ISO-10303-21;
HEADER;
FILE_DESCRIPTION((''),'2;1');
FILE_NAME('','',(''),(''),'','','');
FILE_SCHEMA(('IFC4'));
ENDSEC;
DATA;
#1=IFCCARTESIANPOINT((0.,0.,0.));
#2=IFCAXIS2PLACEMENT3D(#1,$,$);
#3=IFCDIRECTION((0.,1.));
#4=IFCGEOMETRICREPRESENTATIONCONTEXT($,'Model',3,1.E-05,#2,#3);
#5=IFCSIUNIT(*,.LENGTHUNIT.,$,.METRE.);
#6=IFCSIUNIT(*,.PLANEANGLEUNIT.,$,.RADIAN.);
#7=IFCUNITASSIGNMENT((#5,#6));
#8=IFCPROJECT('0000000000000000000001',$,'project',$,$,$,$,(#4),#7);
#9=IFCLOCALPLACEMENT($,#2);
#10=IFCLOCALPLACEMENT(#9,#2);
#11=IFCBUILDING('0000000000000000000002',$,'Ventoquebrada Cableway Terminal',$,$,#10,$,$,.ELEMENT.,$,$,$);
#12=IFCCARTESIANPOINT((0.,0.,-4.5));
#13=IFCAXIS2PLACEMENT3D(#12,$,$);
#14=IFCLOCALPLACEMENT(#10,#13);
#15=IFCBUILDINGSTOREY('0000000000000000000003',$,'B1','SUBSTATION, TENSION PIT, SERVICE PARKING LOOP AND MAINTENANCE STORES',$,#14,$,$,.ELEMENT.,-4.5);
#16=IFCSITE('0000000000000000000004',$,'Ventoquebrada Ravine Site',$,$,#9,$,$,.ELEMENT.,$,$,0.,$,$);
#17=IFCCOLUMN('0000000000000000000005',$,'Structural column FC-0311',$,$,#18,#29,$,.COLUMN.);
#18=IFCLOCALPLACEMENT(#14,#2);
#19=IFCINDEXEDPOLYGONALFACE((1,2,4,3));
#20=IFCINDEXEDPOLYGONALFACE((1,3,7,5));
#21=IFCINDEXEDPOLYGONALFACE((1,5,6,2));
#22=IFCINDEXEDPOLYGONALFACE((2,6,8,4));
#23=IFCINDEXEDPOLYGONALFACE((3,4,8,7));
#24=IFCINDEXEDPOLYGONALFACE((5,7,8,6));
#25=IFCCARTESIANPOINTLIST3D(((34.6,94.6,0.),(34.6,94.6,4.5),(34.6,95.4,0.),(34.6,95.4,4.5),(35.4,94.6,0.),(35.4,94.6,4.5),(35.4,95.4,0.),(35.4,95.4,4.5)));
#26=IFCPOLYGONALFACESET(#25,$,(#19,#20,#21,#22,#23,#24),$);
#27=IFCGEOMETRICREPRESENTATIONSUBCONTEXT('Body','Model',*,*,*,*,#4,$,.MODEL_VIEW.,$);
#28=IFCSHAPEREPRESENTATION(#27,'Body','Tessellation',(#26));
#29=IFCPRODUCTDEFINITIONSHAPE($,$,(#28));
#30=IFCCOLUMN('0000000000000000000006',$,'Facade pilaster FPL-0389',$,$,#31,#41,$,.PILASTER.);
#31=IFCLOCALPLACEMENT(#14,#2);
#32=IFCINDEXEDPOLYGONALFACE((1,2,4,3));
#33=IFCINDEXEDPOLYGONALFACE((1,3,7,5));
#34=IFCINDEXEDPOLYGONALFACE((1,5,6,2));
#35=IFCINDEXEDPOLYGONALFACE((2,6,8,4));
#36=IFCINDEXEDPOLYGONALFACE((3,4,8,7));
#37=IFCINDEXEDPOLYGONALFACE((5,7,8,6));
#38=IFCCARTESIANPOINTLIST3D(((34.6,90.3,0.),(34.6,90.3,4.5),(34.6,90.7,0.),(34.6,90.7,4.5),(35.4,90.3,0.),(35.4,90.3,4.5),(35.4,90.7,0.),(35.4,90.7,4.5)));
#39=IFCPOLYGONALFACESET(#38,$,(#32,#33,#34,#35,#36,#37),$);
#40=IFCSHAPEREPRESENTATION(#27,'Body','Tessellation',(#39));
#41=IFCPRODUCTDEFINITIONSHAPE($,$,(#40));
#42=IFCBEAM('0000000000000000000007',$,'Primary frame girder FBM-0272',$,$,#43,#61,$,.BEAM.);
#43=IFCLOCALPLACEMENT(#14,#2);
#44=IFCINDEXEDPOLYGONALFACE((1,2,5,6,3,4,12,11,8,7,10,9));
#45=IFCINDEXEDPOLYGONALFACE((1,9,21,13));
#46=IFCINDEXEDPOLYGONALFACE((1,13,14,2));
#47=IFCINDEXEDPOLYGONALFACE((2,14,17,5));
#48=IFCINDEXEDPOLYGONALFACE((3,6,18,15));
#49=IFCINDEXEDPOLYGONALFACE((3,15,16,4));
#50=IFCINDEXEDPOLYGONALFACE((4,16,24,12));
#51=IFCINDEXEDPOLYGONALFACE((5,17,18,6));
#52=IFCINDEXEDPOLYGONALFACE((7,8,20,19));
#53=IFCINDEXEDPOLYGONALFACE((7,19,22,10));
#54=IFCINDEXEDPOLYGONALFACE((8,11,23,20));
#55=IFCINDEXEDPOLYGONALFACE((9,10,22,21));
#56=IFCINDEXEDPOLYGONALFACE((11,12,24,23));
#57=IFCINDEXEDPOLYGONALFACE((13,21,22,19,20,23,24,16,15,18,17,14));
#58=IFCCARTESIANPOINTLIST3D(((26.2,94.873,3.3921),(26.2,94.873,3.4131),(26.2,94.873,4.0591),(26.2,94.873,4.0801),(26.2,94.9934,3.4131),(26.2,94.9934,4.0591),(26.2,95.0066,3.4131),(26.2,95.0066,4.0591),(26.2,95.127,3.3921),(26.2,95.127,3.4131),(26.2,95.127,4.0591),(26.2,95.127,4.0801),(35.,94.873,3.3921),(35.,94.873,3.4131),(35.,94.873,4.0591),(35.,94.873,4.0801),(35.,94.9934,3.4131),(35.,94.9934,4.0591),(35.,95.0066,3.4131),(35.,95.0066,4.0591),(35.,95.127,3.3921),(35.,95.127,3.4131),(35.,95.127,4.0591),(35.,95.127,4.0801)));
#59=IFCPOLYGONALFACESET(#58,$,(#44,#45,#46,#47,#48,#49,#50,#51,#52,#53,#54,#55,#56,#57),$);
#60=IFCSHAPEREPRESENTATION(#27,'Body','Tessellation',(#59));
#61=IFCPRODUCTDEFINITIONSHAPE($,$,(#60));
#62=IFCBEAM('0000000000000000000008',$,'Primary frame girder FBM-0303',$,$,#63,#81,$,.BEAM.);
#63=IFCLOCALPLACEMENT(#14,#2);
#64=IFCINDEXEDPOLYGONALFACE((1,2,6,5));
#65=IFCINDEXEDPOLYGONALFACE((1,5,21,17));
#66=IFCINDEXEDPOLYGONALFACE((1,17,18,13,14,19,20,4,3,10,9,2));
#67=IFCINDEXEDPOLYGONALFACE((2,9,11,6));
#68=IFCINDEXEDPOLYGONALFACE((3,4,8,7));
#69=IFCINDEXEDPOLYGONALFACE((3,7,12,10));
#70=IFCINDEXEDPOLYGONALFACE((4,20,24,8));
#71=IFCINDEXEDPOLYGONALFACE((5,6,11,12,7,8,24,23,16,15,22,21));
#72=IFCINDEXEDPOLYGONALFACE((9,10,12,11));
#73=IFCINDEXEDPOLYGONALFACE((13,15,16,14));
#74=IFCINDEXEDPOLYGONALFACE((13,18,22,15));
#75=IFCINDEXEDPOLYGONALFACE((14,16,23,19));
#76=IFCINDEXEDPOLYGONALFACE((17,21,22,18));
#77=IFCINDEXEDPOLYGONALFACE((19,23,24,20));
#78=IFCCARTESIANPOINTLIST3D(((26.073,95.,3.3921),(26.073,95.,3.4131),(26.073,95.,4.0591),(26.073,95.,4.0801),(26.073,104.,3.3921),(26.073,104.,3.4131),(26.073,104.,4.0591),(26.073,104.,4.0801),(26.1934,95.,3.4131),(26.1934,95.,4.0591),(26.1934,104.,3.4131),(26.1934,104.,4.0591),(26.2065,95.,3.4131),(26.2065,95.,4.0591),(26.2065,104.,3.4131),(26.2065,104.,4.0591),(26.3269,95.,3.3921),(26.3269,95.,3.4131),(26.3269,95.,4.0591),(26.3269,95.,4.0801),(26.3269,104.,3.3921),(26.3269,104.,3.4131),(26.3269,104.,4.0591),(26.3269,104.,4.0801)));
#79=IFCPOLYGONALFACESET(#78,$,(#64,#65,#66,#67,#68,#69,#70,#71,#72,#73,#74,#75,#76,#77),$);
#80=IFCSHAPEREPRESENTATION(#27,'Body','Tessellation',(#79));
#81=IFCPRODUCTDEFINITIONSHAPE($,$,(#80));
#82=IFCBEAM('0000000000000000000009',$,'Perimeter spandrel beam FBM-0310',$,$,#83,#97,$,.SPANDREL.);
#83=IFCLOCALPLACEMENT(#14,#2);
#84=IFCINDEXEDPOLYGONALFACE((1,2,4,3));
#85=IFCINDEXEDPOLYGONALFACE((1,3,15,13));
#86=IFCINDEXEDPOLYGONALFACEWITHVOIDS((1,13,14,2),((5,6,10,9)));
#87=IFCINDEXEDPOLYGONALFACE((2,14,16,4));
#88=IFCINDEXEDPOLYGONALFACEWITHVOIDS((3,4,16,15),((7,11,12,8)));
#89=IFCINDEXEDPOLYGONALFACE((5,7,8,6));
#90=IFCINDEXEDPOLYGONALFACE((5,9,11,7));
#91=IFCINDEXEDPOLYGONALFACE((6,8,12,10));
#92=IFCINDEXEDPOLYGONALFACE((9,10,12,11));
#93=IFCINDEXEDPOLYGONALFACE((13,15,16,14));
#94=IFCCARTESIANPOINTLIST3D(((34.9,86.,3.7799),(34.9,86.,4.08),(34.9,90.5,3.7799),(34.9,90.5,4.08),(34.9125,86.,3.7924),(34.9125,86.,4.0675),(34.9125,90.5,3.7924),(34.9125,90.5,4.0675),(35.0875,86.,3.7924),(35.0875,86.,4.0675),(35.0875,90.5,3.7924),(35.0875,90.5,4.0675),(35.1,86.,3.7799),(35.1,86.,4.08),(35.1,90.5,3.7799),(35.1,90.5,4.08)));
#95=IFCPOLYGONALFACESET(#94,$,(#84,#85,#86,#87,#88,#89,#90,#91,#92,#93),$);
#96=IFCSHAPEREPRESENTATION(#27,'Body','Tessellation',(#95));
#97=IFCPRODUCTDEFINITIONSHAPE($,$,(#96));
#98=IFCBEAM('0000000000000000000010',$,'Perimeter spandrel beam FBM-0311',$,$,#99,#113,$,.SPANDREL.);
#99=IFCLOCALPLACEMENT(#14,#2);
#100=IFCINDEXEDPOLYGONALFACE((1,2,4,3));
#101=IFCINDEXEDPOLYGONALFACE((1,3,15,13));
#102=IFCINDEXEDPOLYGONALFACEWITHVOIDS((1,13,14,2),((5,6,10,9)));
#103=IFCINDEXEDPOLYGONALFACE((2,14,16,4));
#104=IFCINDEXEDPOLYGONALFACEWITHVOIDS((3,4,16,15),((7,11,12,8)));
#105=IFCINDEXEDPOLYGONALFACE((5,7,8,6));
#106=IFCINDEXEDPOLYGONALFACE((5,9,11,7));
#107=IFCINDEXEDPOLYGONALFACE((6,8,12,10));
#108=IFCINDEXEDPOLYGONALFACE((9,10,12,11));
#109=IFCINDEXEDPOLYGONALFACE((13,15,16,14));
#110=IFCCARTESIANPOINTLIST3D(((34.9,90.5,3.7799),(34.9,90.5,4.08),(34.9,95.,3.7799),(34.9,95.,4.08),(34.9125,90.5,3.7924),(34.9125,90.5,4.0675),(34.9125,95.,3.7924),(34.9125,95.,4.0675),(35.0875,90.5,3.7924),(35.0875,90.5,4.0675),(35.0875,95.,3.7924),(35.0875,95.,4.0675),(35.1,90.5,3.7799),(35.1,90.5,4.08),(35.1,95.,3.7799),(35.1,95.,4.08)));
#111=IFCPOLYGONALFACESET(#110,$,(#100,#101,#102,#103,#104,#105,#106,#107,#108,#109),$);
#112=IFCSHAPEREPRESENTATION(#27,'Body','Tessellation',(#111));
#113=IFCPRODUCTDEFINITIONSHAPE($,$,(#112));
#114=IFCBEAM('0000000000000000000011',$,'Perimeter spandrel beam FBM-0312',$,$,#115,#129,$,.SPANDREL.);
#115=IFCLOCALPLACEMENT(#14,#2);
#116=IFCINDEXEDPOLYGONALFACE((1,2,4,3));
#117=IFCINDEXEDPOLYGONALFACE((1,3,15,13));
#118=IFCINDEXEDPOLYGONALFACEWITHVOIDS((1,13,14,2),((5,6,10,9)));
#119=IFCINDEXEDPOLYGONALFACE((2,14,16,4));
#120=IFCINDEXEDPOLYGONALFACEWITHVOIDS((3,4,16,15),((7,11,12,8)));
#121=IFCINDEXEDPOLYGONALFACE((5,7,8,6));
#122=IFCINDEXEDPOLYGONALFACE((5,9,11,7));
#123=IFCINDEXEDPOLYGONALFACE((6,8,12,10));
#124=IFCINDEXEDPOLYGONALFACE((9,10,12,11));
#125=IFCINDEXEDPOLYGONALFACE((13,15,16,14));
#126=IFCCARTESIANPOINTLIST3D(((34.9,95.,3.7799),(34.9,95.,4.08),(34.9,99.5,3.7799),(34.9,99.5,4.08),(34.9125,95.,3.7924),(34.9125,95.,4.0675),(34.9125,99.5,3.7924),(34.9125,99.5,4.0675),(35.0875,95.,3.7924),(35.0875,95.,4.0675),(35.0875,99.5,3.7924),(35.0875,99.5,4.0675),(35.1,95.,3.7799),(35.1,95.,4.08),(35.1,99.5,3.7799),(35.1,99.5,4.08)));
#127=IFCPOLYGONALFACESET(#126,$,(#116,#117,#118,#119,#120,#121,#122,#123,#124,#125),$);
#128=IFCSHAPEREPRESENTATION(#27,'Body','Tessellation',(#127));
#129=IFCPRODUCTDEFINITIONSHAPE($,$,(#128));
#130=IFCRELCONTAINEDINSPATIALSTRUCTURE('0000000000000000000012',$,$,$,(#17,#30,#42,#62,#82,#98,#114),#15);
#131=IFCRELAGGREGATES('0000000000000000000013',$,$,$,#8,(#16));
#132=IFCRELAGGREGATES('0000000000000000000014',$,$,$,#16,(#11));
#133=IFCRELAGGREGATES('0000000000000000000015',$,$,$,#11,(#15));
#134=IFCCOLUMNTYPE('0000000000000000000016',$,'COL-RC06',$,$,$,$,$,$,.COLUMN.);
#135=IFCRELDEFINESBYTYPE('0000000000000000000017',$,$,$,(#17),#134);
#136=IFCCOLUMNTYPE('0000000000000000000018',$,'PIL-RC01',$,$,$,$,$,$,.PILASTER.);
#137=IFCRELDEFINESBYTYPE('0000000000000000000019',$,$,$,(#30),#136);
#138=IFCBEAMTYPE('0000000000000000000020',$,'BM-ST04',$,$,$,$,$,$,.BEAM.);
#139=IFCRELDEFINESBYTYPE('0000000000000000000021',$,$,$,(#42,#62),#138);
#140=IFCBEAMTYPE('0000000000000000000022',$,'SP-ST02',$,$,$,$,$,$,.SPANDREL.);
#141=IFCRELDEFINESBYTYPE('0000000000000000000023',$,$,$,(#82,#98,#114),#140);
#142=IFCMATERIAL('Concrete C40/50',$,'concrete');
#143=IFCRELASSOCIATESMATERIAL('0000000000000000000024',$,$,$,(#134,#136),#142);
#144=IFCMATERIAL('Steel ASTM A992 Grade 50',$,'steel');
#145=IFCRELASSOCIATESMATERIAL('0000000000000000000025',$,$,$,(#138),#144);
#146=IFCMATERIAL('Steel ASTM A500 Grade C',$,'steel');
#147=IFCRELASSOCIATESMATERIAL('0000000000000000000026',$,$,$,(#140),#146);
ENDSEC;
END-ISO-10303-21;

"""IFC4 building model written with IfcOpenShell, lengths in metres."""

from ifc_helpers import new_model, si_unit, direction, frame, origin, origin_2d, place, context, subcontext, project, spatial, rectangle, hollow_rectangle, i_section, extrude, material, material_profile, profile_set, type_object, element, save


model = new_model("IFC4")

# Units and contexts
model_context = context("Model", 3, precision=1e-05, world=origin(), true_north=direction((0.0, 1.0)))
body_context = subcontext(model_context, "Body", "Model", "MODEL_VIEW")
ifc_project = project(units=[si_unit("LENGTHUNIT", "METRE"), si_unit("PLANEANGLEUNIT", "RADIAN")], contexts=[model_context])

# Site, building, storey
site_placement = place(None, origin())
site = spatial("IfcSite", under=ifc_project, at=site_placement, Name="Ventoquebrada Ravine Site", CompositionType="ELEMENT", RefElevation=0.0)
building_placement = place(site_placement, origin())
building = spatial("IfcBuilding", under=site, at=building_placement, Name="Ventoquebrada Cableway Terminal", CompositionType="ELEMENT")
storey_placement = place(building_placement, frame((0.0, 0.0, -4.5)))
storey = spatial("IfcBuildingStorey", under=building, at=storey_placement, Name="B1", Description="SUBSTATION, TENSION PIT, SERVICE PARKING LOOP AND MAINTENANCE STORES", CompositionType="ELEMENT", Elevation=-4.5)

# Shared definitions
ifc_material_1 = material(Name="Concrete C40/50", Category="concrete")

# Columns
ifc_material_profile_1 = material_profile(ifc_material_1, rectangle(XDim=0.8, YDim=0.8, at=origin_2d()), Name="RC-COL-800X800")
ifc_profile_set_1 = profile_set([ifc_material_profile_1], Name="Concrete C40/50")
column_type_1 = type_object("IfcColumnType", Name="COL-RC06", PredefinedType="COLUMN", material=ifc_profile_set_1)
for number, where, z_axis, x_axis, name in (
    (1, (35.0, 95.0, 0.0), (0.0, 0.0, 1.0), (1.0, 0.0, 0.0), "Structural column FC-0311"),
):
    element("IfcColumn", number, at=place(storey_placement, frame(where, z_axis=z_axis, x_axis=x_axis)), inside=storey, type_object=column_type_1, Name=name, PredefinedType="COLUMN", context=body_context, shape_type="SweptSolid", body=[
        extrude(rectangle(XDim=0.8, YDim=0.8, at=origin_2d()), origin(), (0.0, 0.0, 1.0), 4.5),
    ])
ifc_material_profile_2 = material_profile(ifc_material_1, rectangle(XDim=0.3999, YDim=0.8, at=origin_2d()), Name="RC-PIL-400X800")
ifc_profile_set_2 = profile_set([ifc_material_profile_2], Name="Concrete C40/50")
column_type_2 = type_object("IfcColumnType", Name="PIL-RC01", PredefinedType="PILASTER", material=ifc_profile_set_2)
column_placement = place(storey_placement, frame((35.0, 90.5, 0.0), z_axis=(0.0, 0.0, 1.0), x_axis=(0.0, 1.0, 0.0)))
element("IfcColumn", 2, at=column_placement, inside=storey, type_object=column_type_2, Name="Facade pilaster FPL-0389", PredefinedType="PILASTER", context=body_context, shape_type="SweptSolid", body=[
    extrude(rectangle(XDim=0.3999, YDim=0.8, at=origin_2d()), origin(), (0.0, 0.0, 1.0), 4.5),
])

# Beams
ifc_material_2 = material(Name="Steel ASTM A992 Grade 50", Category="steel")
ifc_material_profile_3 = material_profile(ifc_material_2, i_section(OverallWidth=0.2539, OverallDepth=0.688, WebThickness=0.0132, FlangeThickness=0.021, at=origin_2d()), Name="W27X102")
ifc_profile_set_3 = profile_set([ifc_material_profile_3], Name="Steel ASTM A992 Grade 50")
beam_type_1 = type_object("IfcBeamType", Name="BM-ST04", PredefinedType="BEAM", material=ifc_profile_set_3)
beam_1_placement = place(storey_placement, frame((26.2, 95.0, 3.7361), z_axis=(1.0, 0.0, 0.0), x_axis=(0.0, 1.0, 0.0)))
element("IfcBeam", 3, at=beam_1_placement, inside=storey, type_object=beam_type_1, Name="Primary frame girder FBM-0272", PredefinedType="BEAM", context=body_context, shape_type="SweptSolid", body=[
    extrude(i_section(OverallWidth=0.2539, OverallDepth=0.688, WebThickness=0.0132, FlangeThickness=0.021, at=origin_2d()), origin(), (0.0, 0.0, 1.0), 8.8),
])
beam_2_placement = place(storey_placement, frame((26.2, 95.0, 3.7361), z_axis=(0.0, 1.0, 0.0), x_axis=(-1.0, 0.0, 0.0)))
element("IfcBeam", 4, at=beam_2_placement, inside=storey, type_object=beam_type_1, Name="Primary frame girder FBM-0303", PredefinedType="BEAM", context=body_context, shape_type="SweptSolid", body=[
    extrude(i_section(OverallWidth=0.2539, OverallDepth=0.688, WebThickness=0.0132, FlangeThickness=0.021, at=origin_2d()), origin(), (0.0, 0.0, 1.0), 9.0),
])
ifc_material_3 = material(Name="Steel ASTM A500 Grade C", Category="steel")
ifc_material_profile_4 = material_profile(ifc_material_3, hollow_rectangle(XDim=0.2, YDim=0.3, WallThickness=0.0125, at=origin_2d()), Name="RHS300X200X12.5")
ifc_profile_set_4 = profile_set([ifc_material_profile_4], Name="Steel ASTM A500 Grade C")
beam_type_2 = type_object("IfcBeamType", Name="SP-ST02", PredefinedType="SPANDREL", material=ifc_profile_set_4)
for number, where, z_axis, x_axis, name in (
    (5, (35.0, 86.0, 3.9299), (0.0, 1.0, 0.0), (-1.0, 0.0, 0.0), "Perimeter spandrel beam FBM-0310"),
    (6, (35.0, 90.5, 3.9299), (0.0, 1.0, 0.0), (-1.0, 0.0, 0.0), "Perimeter spandrel beam FBM-0311"),
    (7, (35.0, 95.0, 3.9299), (0.0, 1.0, 0.0), (-1.0, 0.0, 0.0), "Perimeter spandrel beam FBM-0312"),
):
    element("IfcBeam", number, at=place(storey_placement, frame(where, z_axis=z_axis, x_axis=x_axis)), inside=storey, type_object=beam_type_2, Name=name, PredefinedType="SPANDREL", context=body_context, shape_type="SweptSolid", body=[
        extrude(hollow_rectangle(XDim=0.2, YDim=0.3, WallThickness=0.0125, at=origin_2d()), origin(), (0.0, 0.0, 1.0), 4.5),
    ])

save(model, "model.ifc")
